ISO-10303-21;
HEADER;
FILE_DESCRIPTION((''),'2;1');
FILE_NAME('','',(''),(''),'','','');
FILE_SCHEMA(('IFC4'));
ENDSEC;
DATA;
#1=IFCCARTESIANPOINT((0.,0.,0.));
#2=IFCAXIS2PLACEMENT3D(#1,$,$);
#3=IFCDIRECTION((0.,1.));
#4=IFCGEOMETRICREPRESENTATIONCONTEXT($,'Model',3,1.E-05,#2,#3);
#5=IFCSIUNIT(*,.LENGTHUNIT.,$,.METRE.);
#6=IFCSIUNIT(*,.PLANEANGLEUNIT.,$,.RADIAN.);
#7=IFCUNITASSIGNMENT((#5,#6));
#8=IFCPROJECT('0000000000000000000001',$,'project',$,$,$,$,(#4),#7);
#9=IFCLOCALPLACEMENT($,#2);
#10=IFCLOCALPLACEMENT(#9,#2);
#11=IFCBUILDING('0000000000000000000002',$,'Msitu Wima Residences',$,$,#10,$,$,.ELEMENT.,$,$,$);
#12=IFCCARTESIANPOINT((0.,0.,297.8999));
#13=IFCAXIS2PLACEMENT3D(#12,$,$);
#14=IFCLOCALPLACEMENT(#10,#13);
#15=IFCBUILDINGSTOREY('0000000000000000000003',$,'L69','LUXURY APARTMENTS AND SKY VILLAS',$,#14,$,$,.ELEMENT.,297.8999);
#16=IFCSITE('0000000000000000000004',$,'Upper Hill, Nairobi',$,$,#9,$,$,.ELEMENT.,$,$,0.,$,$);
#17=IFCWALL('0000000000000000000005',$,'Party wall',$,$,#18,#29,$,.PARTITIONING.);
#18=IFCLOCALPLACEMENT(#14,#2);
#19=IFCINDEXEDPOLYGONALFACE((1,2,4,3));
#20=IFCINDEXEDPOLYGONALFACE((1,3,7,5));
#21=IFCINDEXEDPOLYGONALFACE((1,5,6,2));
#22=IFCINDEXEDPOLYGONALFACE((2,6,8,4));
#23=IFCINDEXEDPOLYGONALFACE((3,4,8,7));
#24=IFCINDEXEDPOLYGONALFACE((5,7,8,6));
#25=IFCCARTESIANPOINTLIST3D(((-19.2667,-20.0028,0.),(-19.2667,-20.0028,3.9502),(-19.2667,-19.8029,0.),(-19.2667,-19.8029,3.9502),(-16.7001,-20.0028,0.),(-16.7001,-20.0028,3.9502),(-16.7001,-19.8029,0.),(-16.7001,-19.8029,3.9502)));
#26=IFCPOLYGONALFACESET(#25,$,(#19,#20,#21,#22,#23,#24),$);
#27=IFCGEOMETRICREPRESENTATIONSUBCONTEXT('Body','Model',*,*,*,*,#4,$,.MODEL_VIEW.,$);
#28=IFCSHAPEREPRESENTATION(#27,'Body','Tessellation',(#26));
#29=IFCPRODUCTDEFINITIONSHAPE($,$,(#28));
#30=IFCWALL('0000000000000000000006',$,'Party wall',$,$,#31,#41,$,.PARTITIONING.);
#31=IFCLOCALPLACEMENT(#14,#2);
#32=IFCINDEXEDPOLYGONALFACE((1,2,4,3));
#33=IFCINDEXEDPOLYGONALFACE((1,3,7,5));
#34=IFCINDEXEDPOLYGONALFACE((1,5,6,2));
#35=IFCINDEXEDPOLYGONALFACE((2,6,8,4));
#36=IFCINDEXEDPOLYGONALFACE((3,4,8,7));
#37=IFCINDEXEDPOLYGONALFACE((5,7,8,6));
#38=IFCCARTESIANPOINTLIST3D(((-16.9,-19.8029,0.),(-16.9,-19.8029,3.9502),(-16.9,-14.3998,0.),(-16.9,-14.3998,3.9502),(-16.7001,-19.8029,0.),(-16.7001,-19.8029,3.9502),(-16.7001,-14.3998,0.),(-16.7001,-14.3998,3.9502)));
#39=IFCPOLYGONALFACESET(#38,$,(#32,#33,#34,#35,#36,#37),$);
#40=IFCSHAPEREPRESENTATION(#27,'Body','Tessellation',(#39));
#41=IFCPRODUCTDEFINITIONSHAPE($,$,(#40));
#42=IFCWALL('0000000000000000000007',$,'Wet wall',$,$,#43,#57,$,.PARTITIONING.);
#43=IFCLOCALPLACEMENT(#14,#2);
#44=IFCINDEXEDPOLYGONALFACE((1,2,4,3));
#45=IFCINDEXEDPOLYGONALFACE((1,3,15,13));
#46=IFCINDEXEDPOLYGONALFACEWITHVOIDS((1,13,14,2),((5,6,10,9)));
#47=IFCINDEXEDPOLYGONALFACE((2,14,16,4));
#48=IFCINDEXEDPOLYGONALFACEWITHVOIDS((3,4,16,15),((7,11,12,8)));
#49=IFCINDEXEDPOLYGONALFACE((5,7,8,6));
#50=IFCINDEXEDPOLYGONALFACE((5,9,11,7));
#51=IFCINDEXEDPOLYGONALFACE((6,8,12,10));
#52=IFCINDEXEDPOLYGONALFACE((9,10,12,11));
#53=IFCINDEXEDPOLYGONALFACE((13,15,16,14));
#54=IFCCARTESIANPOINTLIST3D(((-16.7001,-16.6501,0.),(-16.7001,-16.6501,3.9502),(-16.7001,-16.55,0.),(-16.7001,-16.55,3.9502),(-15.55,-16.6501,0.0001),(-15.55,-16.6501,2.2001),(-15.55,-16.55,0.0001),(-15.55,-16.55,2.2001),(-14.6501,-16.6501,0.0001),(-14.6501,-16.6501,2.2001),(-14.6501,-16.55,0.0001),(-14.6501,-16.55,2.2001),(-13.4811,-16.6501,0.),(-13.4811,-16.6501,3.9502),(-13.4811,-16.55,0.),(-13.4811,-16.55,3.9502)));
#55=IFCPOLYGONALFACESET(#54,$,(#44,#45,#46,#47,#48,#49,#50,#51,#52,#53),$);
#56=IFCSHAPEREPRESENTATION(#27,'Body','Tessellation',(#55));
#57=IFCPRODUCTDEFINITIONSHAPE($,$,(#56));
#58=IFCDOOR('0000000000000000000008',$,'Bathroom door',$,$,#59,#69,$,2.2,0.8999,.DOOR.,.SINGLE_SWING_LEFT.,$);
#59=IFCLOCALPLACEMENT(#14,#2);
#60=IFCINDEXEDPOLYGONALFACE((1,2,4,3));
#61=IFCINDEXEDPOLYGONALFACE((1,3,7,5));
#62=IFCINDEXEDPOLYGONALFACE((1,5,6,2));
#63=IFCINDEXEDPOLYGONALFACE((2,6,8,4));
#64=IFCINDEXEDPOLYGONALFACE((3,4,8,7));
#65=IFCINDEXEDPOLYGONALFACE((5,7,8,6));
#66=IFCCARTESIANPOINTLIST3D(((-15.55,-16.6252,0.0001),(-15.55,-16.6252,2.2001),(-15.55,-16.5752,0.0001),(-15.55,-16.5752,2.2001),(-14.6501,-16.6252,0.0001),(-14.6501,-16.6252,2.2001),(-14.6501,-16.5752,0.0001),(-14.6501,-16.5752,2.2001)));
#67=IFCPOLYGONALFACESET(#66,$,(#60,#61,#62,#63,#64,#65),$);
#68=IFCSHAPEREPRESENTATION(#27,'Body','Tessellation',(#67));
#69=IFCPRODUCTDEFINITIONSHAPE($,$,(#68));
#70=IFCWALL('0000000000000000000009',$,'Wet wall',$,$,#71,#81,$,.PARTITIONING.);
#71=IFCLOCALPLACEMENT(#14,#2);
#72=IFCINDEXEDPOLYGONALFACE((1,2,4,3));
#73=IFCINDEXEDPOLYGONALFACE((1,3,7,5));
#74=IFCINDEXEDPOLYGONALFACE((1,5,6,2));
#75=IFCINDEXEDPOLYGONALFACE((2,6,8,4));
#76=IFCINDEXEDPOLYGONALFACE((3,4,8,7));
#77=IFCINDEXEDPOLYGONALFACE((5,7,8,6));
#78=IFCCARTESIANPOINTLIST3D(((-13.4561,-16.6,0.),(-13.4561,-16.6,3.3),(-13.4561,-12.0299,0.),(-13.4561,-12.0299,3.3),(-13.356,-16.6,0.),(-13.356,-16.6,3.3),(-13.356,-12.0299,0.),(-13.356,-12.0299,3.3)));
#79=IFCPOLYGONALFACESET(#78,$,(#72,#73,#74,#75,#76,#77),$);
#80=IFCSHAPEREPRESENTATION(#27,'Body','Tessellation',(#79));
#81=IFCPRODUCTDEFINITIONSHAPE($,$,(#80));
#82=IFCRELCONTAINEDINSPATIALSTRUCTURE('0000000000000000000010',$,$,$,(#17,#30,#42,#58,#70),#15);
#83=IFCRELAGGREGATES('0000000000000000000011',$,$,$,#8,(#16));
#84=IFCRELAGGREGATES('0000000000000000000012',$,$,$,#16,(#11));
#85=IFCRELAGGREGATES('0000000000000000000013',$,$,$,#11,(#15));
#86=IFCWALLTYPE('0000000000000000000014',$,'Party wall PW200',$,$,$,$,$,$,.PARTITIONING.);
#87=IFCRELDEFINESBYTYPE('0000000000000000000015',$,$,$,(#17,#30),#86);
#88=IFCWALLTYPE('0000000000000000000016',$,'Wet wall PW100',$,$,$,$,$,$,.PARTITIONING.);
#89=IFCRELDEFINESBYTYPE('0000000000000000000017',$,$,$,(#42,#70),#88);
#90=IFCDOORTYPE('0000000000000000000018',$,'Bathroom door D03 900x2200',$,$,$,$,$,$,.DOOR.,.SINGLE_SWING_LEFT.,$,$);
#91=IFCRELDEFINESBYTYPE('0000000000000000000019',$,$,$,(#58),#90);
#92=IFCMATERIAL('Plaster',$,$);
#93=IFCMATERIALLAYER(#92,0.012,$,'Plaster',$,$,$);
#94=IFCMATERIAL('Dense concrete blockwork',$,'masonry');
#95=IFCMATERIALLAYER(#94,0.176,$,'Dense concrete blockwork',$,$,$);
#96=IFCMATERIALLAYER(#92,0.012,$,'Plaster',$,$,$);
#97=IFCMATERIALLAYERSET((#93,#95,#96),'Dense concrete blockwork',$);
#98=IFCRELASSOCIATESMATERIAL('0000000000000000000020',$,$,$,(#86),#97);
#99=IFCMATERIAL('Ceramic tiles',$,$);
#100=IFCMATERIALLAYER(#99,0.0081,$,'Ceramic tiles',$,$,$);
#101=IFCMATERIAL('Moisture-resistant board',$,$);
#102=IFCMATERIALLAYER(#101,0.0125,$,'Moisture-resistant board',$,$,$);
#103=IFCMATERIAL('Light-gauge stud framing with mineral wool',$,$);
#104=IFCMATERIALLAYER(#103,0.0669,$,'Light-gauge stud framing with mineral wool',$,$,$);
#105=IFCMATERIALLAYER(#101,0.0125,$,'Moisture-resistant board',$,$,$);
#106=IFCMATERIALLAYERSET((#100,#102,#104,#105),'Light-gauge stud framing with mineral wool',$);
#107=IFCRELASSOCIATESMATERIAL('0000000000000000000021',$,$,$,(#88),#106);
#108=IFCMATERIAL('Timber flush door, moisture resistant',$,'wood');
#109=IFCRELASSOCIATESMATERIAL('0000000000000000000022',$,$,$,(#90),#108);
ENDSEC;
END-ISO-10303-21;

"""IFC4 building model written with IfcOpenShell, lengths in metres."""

from ifc_helpers import new_model, si_unit, direction, frame, frame_2d, origin, place, context, subcontext, project, spatial, rectangle, extrude, material, layer, layer_set, type_object, element, fill, save


model = new_model("IFC4")

# Units and contexts
model_context = context("Model", 3, precision=1e-05, world=origin(), true_north=direction((0.0, 1.0)))
body_context = subcontext(model_context, "Body", "Model", "MODEL_VIEW")
ifc_project = project(units=[si_unit("LENGTHUNIT", "METRE"), si_unit("PLANEANGLEUNIT", "RADIAN")], contexts=[model_context])

# Site, building, storey
site_placement = place(None, origin())
site = spatial("IfcSite", under=ifc_project, at=site_placement, Name="Upper Hill, Nairobi", CompositionType="ELEMENT", RefElevation=0.0)
building_placement = place(site_placement, origin())
building = spatial("IfcBuilding", under=site, at=building_placement, Name="Msitu Wima Residences", CompositionType="ELEMENT")
storey_placement = place(building_placement, frame((0.0, 0.0, 297.8999)))
storey = spatial("IfcBuildingStorey", under=building, at=storey_placement, Name="L69", Description="LUXURY APARTMENTS AND SKY VILLAS", CompositionType="ELEMENT", Elevation=297.8999)

# Shared definitions
ifc_material_1 = material(Name="Plaster")

# Walls
ifc_layer_1 = layer(ifc_material_1, 0.012, Name="Plaster")
ifc_material_2 = material(Name="Dense concrete blockwork", Category="masonry")
ifc_layer_2 = layer(ifc_material_2, 0.176, Name="Dense concrete blockwork")
ifc_layer_3 = layer(ifc_material_1, 0.012, Name="Plaster")
ifc_layer_set_1 = layer_set([ifc_layer_1, ifc_layer_2, ifc_layer_3], Name="Dense concrete blockwork")
wall_type_1 = type_object("IfcWallType", Name="Party wall PW200", PredefinedType="PARTITIONING", material=ifc_layer_set_1)
wall_1_placement = place(storey_placement, frame((-19.2666, -19.9028, 0.0), z_axis=(0.0, 0.0, 1.0), x_axis=(1.0, 0.0, 0.0)))
element("IfcWall", 1, at=wall_1_placement, inside=storey, type_object=wall_type_1, Name="Party wall", PredefinedType="PARTITIONING", context=body_context, shape_type="SweptSolid", body=[
    extrude(rectangle(XDim=2.5667, YDim=0.2, at=frame_2d((1.2832, 0.0))), origin(), (0.0, 0.0, 1.0), 3.9502),
])
wall_2_placement = place(storey_placement, frame((-16.8, -19.803, 0.0), z_axis=(0.0, 0.0, 1.0), x_axis=(0.0, 1.0, 0.0)))
element("IfcWall", 2, at=wall_2_placement, inside=storey, type_object=wall_type_1, Name="Party wall", PredefinedType="PARTITIONING", context=body_context, shape_type="SweptSolid", body=[
    extrude(rectangle(XDim=5.4031, YDim=0.2, at=frame_2d((2.7017, 0.0))), origin(), (0.0, 0.0, 1.0), 3.9502),
])

# Wall, opening, door
ifc_material_3 = material(Name="Ceramic tiles")
ifc_layer_4 = layer(ifc_material_3, 0.0081, Name="Ceramic tiles")
ifc_material_4 = material(Name="Moisture-resistant board")
ifc_layer_5 = layer(ifc_material_4, 0.0125, Name="Moisture-resistant board")
ifc_material_5 = material(Name="Light-gauge stud framing with mineral wool")
ifc_layer_6 = layer(ifc_material_5, 0.0669, Name="Light-gauge stud framing with mineral wool")
ifc_layer_7 = layer(ifc_material_4, 0.0125, Name="Moisture-resistant board")
ifc_layer_set_2 = layer_set([ifc_layer_4, ifc_layer_5, ifc_layer_6, ifc_layer_7], Name="Light-gauge stud framing with mineral wool")
wall_type_2 = type_object("IfcWallType", Name="Wet wall PW100", PredefinedType="PARTITIONING", material=ifc_layer_set_2)
wall_3_placement = place(storey_placement, frame((-16.7, -16.6001, 0.0), z_axis=(0.0, 0.0, 1.0), x_axis=(1.0, 0.0, 0.0)))
wall_3 = element("IfcWall", 3, at=wall_3_placement, inside=storey, type_object=wall_type_2, Name="Wet wall", PredefinedType="PARTITIONING", context=body_context, shape_type="SweptSolid", body=[
    extrude(rectangle(XDim=3.219, YDim=0.1001, at=frame_2d((1.6094, 0.0))), origin(), (0.0, 0.0, 1.0), 3.9502),
])
opening_1_placement = place(wall_3_placement, frame((1.1499, 0.0, 0.0)))
opening_1 = element("IfcOpeningElement", 4, at=opening_1_placement, cuts=wall_3, PredefinedType="OPENING", context=body_context, shape_type="SweptSolid", body=[
    extrude(rectangle(XDim=0.8999, YDim=2.2, at=frame_2d((0.45, 1.1001))), frame((0.0, 0.0601, 0.0), z_axis=(0.0, -1.0, 0.0), x_axis=(1.0, 0.0, 0.0)), (0.0, 0.0, 1.0), 0.1201),
])
ifc_material_6 = material(Name="Timber flush door, moisture resistant", Category="wood")
door_type_1 = type_object("IfcDoorType", Name="Bathroom door D03 900x2200", OperationType="SINGLE_SWING_LEFT", PredefinedType="DOOR", material=ifc_material_6)
door_1_placement = place(opening_1_placement, origin())
door_1 = element("IfcDoor", 5, at=door_1_placement, inside=storey, type_object=door_type_1, Name="Bathroom door", OperationType="SINGLE_SWING_LEFT", OverallHeight=2.2, OverallWidth=0.8999, PredefinedType="DOOR", context=body_context, shape_type="SweptSolid", body=[
    extrude(rectangle(XDim=0.8999, YDim=2.2, at=frame_2d((0.45, 1.1001))), frame((0.0, 0.0249, 0.0), z_axis=(0.0, -1.0, 0.0), x_axis=(1.0, 0.0, 0.0)), (0.0, 0.0, 1.0), 0.05),
])
fill(opening_1, door_1)

# Wall
wall_4_placement = place(storey_placement, frame((-13.406, -16.6001, 0.0), z_axis=(0.0, 0.0, 1.0), x_axis=(0.0, 1.0, 0.0)))
element("IfcWall", 6, at=wall_4_placement, inside=storey, type_object=wall_type_2, Name="Wet wall", PredefinedType="PARTITIONING", context=body_context, shape_type="SweptSolid", body=[
    extrude(rectangle(XDim=4.5701, YDim=0.1001, at=frame_2d((2.2852, 0.0))), origin(), (0.0, 0.0, 1.0), 3.3),
])

save(model, "model.ifc")
